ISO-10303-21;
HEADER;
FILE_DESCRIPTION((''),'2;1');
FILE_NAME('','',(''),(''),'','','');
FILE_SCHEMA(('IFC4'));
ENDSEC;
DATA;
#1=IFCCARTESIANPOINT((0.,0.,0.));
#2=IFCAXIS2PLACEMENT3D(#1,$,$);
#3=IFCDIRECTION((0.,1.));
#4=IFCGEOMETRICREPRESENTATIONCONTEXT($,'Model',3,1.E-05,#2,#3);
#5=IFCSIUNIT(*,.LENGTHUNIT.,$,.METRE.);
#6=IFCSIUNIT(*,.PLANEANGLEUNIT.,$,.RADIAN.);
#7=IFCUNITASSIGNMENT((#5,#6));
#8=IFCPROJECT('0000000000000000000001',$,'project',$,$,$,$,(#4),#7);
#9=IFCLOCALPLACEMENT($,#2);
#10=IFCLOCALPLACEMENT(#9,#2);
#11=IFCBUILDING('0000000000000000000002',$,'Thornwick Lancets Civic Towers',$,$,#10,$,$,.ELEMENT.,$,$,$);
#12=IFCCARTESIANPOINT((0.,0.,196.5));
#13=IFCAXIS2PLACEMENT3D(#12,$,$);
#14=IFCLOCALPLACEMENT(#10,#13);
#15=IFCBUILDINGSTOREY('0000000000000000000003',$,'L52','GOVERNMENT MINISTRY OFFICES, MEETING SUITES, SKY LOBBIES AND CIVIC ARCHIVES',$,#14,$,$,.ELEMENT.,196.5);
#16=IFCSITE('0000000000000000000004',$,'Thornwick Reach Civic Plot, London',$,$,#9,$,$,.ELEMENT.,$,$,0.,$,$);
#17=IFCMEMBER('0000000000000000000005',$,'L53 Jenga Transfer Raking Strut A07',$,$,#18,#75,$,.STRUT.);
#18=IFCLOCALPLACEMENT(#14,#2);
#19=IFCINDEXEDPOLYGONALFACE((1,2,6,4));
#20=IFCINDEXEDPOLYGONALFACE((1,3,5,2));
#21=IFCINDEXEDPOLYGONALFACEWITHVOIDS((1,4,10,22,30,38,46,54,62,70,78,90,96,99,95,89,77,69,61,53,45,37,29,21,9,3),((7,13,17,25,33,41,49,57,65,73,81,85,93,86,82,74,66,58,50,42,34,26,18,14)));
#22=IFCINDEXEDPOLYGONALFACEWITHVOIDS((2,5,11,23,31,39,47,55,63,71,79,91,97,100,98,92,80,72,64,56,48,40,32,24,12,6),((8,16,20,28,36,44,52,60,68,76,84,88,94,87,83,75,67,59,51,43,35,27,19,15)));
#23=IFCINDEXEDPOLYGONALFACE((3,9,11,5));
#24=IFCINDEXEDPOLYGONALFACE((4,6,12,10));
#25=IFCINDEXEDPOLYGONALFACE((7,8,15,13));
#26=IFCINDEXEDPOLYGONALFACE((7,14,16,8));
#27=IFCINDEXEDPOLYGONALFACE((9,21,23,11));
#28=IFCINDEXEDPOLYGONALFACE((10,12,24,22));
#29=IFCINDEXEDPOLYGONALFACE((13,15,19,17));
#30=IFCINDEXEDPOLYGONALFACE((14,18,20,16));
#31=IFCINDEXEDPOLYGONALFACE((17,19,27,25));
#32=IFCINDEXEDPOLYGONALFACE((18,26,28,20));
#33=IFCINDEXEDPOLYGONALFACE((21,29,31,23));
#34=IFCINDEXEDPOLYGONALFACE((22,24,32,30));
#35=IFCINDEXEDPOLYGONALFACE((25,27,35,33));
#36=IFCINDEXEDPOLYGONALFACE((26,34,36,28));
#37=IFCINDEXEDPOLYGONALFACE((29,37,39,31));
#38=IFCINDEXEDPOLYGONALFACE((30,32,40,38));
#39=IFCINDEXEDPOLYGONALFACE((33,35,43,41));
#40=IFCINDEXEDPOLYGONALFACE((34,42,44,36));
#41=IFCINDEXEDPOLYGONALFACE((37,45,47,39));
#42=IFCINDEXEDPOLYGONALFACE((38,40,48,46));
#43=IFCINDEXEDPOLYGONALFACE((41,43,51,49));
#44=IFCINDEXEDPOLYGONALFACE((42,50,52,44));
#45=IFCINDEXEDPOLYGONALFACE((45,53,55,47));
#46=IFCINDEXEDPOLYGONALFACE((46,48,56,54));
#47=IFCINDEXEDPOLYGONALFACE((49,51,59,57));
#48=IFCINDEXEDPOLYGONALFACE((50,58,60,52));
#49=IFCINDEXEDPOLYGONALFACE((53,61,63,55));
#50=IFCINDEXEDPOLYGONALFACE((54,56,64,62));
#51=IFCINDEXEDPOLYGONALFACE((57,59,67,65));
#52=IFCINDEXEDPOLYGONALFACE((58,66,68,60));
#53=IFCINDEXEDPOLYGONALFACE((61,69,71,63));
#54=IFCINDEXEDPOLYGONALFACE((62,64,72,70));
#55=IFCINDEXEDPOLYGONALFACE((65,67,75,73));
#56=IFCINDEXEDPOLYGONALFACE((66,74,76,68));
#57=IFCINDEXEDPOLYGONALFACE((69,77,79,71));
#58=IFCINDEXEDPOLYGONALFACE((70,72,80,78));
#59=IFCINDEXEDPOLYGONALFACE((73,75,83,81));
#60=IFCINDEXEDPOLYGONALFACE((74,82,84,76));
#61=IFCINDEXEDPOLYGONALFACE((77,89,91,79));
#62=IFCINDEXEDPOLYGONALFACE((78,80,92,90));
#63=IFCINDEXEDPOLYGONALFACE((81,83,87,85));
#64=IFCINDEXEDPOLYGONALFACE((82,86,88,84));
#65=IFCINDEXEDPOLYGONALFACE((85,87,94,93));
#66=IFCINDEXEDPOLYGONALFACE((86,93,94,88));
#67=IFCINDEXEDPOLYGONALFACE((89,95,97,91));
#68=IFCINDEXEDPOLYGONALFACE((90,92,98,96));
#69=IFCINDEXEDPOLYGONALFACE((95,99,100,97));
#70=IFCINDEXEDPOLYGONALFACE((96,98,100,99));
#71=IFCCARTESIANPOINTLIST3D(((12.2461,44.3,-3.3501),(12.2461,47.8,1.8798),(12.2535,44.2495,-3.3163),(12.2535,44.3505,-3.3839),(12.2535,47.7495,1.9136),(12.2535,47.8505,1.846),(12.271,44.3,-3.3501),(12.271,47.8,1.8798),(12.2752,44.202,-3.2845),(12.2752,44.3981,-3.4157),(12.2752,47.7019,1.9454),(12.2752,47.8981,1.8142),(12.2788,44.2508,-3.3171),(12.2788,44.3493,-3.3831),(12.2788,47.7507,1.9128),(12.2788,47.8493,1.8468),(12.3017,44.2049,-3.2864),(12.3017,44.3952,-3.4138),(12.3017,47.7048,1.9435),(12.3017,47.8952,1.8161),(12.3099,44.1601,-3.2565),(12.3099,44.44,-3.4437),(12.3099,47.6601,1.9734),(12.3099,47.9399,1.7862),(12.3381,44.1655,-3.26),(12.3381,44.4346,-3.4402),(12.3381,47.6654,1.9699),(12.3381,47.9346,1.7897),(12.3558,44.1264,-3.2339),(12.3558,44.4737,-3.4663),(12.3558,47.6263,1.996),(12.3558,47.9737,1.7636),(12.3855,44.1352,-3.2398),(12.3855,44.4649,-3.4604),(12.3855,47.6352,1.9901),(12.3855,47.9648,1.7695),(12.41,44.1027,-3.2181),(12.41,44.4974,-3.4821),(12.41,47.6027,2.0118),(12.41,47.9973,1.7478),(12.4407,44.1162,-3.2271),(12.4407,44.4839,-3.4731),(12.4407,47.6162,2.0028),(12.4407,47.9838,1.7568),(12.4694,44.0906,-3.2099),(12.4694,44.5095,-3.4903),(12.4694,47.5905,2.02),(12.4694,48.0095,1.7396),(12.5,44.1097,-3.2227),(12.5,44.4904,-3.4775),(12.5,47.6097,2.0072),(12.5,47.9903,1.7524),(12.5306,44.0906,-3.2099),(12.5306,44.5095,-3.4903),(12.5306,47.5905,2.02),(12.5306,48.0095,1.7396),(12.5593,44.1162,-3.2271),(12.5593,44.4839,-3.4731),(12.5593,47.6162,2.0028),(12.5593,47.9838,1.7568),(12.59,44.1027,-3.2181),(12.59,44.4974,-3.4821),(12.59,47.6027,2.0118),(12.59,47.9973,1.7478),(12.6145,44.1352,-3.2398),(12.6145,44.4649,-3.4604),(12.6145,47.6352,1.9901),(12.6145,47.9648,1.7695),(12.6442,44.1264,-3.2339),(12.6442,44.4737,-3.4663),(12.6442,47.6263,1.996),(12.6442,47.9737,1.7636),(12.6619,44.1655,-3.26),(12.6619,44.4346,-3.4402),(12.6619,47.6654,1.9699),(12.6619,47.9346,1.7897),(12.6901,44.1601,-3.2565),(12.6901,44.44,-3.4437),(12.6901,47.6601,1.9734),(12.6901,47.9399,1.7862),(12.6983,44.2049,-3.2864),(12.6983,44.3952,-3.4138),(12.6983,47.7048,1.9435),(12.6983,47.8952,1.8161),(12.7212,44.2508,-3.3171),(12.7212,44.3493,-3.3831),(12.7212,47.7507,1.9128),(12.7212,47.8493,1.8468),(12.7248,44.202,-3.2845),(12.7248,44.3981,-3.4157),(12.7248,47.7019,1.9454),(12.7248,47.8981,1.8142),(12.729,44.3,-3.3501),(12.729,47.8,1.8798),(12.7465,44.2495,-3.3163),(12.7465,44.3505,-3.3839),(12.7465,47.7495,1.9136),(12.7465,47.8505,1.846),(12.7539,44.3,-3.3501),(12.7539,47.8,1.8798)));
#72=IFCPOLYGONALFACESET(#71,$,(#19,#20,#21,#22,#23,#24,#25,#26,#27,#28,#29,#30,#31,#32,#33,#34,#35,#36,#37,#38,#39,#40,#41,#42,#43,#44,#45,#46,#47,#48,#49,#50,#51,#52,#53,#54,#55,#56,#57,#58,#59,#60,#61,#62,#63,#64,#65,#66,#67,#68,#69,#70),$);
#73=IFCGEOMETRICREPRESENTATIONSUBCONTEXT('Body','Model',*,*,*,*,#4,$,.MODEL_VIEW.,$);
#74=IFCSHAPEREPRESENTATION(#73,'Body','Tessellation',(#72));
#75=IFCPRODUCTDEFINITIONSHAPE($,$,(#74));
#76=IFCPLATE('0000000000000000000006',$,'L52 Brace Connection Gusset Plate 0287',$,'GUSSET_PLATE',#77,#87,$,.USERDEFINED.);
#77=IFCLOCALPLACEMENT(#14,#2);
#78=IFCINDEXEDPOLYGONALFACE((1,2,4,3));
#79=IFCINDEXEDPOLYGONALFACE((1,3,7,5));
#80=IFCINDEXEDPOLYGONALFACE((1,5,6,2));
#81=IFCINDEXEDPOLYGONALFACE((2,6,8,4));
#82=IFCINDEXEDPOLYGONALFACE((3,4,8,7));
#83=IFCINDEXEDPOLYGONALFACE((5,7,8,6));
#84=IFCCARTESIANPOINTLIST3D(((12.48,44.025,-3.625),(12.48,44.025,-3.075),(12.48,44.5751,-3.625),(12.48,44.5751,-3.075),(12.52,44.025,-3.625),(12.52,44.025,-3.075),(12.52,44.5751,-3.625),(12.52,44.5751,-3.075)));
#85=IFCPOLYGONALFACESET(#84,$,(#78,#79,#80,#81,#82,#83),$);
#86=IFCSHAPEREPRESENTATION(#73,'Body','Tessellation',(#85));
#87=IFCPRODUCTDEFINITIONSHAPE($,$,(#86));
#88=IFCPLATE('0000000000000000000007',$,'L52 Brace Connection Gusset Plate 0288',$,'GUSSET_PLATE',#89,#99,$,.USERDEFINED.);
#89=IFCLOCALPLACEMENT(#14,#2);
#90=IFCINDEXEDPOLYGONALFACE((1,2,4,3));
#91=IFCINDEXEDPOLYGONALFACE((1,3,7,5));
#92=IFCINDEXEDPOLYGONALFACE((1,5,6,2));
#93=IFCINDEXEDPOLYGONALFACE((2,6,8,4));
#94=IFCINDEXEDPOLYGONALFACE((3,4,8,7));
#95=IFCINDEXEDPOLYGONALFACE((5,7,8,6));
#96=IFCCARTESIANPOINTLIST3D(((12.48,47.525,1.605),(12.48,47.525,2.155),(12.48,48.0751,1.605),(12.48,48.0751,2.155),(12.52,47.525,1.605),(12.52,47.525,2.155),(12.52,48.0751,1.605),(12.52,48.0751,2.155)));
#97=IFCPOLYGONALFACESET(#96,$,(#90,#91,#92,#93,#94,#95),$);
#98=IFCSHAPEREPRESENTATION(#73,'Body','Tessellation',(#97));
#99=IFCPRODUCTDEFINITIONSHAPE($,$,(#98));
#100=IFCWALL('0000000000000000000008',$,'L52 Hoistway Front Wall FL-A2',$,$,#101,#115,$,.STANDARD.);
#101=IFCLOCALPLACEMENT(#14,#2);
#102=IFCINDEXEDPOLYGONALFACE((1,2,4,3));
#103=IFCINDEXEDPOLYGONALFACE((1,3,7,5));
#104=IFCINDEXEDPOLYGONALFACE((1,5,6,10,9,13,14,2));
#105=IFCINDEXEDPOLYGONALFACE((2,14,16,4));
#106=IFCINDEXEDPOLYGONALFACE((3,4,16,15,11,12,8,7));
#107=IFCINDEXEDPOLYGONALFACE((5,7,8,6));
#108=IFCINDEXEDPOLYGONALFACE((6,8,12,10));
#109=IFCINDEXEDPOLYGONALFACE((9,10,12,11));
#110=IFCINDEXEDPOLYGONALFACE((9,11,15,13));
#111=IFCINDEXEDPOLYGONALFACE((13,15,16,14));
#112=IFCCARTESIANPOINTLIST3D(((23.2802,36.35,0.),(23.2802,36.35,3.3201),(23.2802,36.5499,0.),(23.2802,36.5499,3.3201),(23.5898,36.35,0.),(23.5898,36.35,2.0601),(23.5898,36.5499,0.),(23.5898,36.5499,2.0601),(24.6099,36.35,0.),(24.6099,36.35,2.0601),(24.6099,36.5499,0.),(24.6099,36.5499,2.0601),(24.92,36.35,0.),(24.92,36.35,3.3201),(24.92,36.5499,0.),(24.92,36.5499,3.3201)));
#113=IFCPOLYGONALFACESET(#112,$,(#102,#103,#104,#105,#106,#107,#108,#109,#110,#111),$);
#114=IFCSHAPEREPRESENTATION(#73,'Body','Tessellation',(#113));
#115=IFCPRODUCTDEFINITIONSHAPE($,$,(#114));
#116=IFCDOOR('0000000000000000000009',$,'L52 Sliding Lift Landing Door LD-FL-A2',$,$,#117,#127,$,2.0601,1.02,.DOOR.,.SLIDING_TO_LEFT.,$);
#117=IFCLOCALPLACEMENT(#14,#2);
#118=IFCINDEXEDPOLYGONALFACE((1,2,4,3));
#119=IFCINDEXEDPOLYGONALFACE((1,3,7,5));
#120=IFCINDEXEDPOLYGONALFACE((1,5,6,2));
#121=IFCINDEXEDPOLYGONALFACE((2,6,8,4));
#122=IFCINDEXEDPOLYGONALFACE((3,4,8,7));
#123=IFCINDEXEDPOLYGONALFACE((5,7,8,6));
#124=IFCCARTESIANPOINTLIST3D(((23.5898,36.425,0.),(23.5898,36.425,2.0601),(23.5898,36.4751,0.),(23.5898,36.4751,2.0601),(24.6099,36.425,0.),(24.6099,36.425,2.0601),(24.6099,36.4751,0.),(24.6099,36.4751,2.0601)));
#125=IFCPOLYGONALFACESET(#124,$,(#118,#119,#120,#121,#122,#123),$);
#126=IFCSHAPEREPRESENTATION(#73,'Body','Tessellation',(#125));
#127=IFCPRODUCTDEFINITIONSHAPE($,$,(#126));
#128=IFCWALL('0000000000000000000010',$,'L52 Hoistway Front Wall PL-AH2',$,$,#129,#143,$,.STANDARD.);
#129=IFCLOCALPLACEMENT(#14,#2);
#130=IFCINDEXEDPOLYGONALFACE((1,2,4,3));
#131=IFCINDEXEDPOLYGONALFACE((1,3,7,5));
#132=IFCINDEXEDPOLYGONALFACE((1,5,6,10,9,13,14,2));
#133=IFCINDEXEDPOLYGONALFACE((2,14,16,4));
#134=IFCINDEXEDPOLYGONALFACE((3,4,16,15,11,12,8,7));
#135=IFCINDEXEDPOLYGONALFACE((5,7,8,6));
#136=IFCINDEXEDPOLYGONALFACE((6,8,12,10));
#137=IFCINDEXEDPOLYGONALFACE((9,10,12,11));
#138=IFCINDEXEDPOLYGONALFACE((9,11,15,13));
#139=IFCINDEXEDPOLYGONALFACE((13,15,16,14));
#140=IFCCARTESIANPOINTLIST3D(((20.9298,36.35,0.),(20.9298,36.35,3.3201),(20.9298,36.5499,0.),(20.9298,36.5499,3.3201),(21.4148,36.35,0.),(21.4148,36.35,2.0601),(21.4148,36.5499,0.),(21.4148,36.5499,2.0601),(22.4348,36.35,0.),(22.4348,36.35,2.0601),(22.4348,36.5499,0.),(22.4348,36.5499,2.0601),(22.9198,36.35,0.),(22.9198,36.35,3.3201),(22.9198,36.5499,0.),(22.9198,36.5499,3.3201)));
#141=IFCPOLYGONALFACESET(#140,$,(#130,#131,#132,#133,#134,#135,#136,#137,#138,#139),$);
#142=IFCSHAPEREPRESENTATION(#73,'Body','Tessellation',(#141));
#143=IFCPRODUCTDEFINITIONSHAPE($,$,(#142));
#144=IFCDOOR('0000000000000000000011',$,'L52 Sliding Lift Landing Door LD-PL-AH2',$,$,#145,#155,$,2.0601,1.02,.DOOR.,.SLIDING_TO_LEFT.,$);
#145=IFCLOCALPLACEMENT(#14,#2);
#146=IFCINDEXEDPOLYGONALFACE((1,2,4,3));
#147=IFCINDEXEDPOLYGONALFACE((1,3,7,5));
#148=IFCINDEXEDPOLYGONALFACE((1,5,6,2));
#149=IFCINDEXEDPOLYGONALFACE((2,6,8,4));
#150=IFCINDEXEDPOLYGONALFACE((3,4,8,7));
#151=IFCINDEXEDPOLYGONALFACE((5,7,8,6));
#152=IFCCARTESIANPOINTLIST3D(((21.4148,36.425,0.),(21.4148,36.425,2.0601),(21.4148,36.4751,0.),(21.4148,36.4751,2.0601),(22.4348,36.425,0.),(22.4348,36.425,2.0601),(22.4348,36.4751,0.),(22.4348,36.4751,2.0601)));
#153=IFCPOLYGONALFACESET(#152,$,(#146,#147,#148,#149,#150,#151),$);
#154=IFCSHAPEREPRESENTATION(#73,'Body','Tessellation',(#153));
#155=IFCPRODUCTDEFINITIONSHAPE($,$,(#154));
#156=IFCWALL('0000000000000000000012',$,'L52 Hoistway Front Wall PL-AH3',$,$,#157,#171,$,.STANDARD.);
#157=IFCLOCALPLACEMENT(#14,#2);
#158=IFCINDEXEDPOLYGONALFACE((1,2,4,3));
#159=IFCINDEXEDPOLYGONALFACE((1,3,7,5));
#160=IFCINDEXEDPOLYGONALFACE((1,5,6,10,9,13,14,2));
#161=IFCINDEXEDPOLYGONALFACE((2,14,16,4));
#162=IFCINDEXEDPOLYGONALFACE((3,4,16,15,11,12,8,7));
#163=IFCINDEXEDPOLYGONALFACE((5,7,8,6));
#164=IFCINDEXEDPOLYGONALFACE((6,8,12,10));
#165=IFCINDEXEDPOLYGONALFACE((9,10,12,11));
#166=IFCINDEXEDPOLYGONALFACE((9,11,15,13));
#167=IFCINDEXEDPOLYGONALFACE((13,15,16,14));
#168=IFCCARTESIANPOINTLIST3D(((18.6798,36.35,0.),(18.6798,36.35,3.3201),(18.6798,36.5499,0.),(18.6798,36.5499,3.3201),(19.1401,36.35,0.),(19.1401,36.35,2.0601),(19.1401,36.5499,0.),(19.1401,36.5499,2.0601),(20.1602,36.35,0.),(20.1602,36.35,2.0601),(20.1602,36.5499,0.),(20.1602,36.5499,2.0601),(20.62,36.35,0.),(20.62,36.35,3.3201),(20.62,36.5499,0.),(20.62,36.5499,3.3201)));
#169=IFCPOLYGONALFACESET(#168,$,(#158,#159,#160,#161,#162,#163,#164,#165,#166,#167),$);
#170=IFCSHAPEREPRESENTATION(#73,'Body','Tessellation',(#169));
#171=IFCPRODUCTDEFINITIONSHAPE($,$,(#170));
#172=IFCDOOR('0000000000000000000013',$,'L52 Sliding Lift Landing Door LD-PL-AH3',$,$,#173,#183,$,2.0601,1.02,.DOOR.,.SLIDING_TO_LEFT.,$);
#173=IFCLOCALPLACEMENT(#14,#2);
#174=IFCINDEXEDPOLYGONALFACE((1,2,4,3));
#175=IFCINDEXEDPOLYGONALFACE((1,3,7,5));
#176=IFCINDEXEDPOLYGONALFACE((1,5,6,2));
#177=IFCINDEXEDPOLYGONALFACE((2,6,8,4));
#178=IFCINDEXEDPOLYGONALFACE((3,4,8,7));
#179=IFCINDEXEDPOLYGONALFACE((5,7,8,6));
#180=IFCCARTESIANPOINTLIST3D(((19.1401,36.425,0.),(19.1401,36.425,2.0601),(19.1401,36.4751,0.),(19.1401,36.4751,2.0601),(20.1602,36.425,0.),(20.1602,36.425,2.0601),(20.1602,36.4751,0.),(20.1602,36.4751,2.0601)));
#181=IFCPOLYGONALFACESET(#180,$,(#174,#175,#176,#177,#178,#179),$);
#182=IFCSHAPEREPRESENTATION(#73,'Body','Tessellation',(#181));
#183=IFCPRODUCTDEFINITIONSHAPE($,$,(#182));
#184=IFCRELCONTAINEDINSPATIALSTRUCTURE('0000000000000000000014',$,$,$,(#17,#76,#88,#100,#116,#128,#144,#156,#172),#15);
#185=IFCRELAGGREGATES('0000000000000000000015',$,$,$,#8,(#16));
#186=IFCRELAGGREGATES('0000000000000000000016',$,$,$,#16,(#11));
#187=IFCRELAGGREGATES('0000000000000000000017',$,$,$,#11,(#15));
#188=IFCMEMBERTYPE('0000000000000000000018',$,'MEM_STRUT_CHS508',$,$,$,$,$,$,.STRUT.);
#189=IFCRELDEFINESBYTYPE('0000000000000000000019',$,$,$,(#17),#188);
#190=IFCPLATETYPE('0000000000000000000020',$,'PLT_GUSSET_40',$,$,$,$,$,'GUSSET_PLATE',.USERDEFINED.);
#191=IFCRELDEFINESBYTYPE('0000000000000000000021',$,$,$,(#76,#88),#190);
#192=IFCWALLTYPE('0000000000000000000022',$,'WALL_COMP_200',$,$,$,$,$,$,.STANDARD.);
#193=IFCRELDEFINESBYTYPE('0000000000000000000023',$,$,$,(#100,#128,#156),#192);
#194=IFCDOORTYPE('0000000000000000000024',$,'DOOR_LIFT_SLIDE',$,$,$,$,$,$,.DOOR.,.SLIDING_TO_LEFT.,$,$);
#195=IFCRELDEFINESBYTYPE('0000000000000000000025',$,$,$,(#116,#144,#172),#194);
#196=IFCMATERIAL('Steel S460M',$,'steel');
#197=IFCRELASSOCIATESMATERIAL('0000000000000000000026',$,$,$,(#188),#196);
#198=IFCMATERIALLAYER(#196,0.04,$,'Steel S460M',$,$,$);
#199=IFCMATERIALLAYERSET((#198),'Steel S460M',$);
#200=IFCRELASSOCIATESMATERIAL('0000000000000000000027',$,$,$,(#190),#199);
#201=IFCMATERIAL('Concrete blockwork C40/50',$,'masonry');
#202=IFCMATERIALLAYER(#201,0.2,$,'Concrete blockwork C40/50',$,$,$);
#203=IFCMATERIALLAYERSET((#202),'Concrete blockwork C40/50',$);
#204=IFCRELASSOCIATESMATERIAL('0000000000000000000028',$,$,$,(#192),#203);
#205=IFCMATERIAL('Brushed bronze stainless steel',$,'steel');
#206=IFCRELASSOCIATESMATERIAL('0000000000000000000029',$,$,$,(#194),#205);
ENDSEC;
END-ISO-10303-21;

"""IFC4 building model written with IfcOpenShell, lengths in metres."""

from ifc_helpers import new_model, si_unit, direction, frame, frame_2d, origin, origin_2d, place, context, subcontext, project, spatial, rectangle, hollow_circle, extrude, material, layer, layer_set, material_profile, profile_set, type_object, element, fill, save


model = new_model("IFC4")

# Units and contexts
model_context = context("Model", 3, precision=1e-05, world=origin(), true_north=direction((0.0, 1.0)))
body_context = subcontext(model_context, "Body", "Model", "MODEL_VIEW")
ifc_project = project(units=[si_unit("LENGTHUNIT", "METRE"), si_unit("PLANEANGLEUNIT", "RADIAN")], contexts=[model_context])

# Site, building, storey
site_placement = place(None, origin())
site = spatial("IfcSite", under=ifc_project, at=site_placement, Name="Thornwick Reach Civic Plot, London", CompositionType="ELEMENT", RefElevation=0.0)
building_placement = place(site_placement, origin())
building = spatial("IfcBuilding", under=site, at=building_placement, Name="Thornwick Lancets Civic Towers", CompositionType="ELEMENT")
storey_placement = place(building_placement, frame((0.0, 0.0, 196.5)))
storey = spatial("IfcBuildingStorey", under=building, at=storey_placement, Name="L52", Description="GOVERNMENT MINISTRY OFFICES, MEETING SUITES, SKY LOBBIES AND CIVIC ARCHIVES", CompositionType="ELEMENT", Elevation=196.5)

# Shared definitions
ifc_material_1 = material(Name="Steel S460M", Category="steel")

# Member
ifc_material_profile_1 = material_profile(ifc_material_1, hollow_circle(Radius=0.2539, WallThickness=0.0249, at=origin_2d()), Name="CHS 508x25")
ifc_profile_set_1 = profile_set([ifc_material_profile_1], Name="Steel S460M")
member_type = type_object("IfcMemberType", Name="MEM_STRUT_CHS508", PredefinedType="STRUT", material=ifc_profile_set_1)
member_placement = place(storey_placement, frame((12.5, 44.3, -3.3501), z_axis=(0.0, 0.556168, 0.83107), x_axis=(-1.0, 0.0, 0.0)))
element("IfcMember", 1, at=member_placement, inside=storey, type_object=member_type, Name="L53 Jenga Transfer Raking Strut A07", PredefinedType="STRUT", context=body_context, shape_type="SweptSolid", body=[
    extrude(hollow_circle(Radius=0.2539, WallThickness=0.0249, at=origin_2d()), origin(), (0.0, 0.0, 1.0), 6.293),
])

# Plates
ifc_layer_1 = layer(ifc_material_1, 0.04, Name="Steel S460M")
ifc_layer_set_1 = layer_set([ifc_layer_1], Name="Steel S460M")
plate_type = type_object("IfcPlateType", Name="PLT_GUSSET_40", ElementType="GUSSET_PLATE", PredefinedType="USERDEFINED", material=ifc_layer_set_1)
for number, where, z_axis, x_axis, name in (
    (2, (12.5, 44.3, -3.625), (0.0, 0.0, 1.0), (0.0, 1.0, 0.0), "L52 Brace Connection Gusset Plate 0287"),
    (3, (12.5, 47.8, 1.605), (0.0, 0.0, 1.0), (0.0, 1.0, 0.0), "L52 Brace Connection Gusset Plate 0288"),
):
    element("IfcPlate", number, at=place(storey_placement, frame(where, z_axis=z_axis, x_axis=x_axis)), inside=storey, type_object=plate_type, Name=name, ObjectType="GUSSET_PLATE", PredefinedType="USERDEFINED", context=body_context, shape_type="SweptSolid", body=[
        extrude(rectangle(XDim=0.55, YDim=0.04, at=origin_2d()), origin(), (0.0, 0.0, 1.0), 0.55),
    ])

# Walls, openings, doors
ifc_material_2 = material(Name="Concrete blockwork C40/50", Category="masonry")
ifc_layer_2 = layer(ifc_material_2, 0.2, Name="Concrete blockwork C40/50")
ifc_layer_set_2 = layer_set([ifc_layer_2], Name="Concrete blockwork C40/50")
wall_type_1 = type_object("IfcWallType", Name="WALL_COMP_200", PredefinedType="STANDARD", material=ifc_layer_set_2)
wall_1_placement = place(storey_placement, frame((24.9199, 36.45, 0.0), z_axis=(0.0, 0.0, 1.0), x_axis=(-1.0, 0.0, 0.0)))
wall_1 = element("IfcWall", 4, at=wall_1_placement, inside=storey, type_object=wall_type_1, Name="L52 Hoistway Front Wall FL-A2", PredefinedType="STANDARD", context=body_context, shape_type="SweptSolid", body=[
    extrude(rectangle(XDim=1.6399, YDim=0.2, at=frame_2d((0.8198, 0.0))), origin(), (0.0, 0.0, 1.0), 3.3201),
])
opening_1_placement = place(wall_1_placement, frame((0.3101, 0.0, 0.0)))
opening_1 = element("IfcOpeningElement", 5, at=opening_1_placement, cuts=wall_1, PredefinedType="OPENING", context=body_context, shape_type="SweptSolid", body=[
    extrude(rectangle(XDim=1.02, YDim=2.0601, at=frame_2d((0.51, 1.03))), frame((0.0, 0.1099, 0.0), z_axis=(0.0, -1.0, 0.0), x_axis=(1.0, 0.0, 0.0)), (0.0, 0.0, 1.0), 0.22),
])
ifc_material_3 = material(Name="Brushed bronze stainless steel", Category="steel")
door_type = type_object("IfcDoorType", Name="DOOR_LIFT_SLIDE", OperationType="SLIDING_TO_LEFT", PredefinedType="DOOR", material=ifc_material_3)
door_1_placement = place(opening_1_placement, origin())
door_1 = element("IfcDoor", 6, at=door_1_placement, inside=storey, type_object=door_type, Name="L52 Sliding Lift Landing Door LD-FL-A2", OperationType="SLIDING_TO_LEFT", OverallHeight=2.0601, OverallWidth=1.02, PredefinedType="DOOR", context=body_context, shape_type="SweptSolid", body=[
    extrude(rectangle(XDim=1.02, YDim=2.0601, at=frame_2d((0.51, 1.03))), frame((0.0, 0.0249, 0.0), z_axis=(0.0, -1.0, 0.0), x_axis=(1.0, 0.0, 0.0)), (0.0, 0.0, 1.0), 0.05),
])
fill(opening_1, door_1)
wall_2_placement = place(storey_placement, frame((22.9199, 36.45, 0.0), z_axis=(0.0, 0.0, 1.0), x_axis=(-1.0, 0.0, 0.0)))
wall_2 = element("IfcWall", 7, at=wall_2_placement, inside=storey, type_object=wall_type_1, Name="L52 Hoistway Front Wall PL-AH2", PredefinedType="STANDARD", context=body_context, shape_type="SweptSolid", body=[
    extrude(rectangle(XDim=1.99, YDim=0.2, at=frame_2d((0.9951, 0.0))), origin(), (0.0, 0.0, 1.0), 3.3201),
])
opening_2_placement = place(wall_2_placement, frame((0.4851, 0.0, 0.0)))
opening_2 = element("IfcOpeningElement", 8, at=opening_2_placement, cuts=wall_2, PredefinedType="OPENING", context=body_context, shape_type="SweptSolid", body=[
    extrude(rectangle(XDim=1.02, YDim=2.0601, at=frame_2d((0.51, 1.03))), frame((0.0, 0.1099, 0.0), z_axis=(0.0, -1.0, 0.0), x_axis=(1.0, 0.0, 0.0)), (0.0, 0.0, 1.0), 0.22),
])
door_2_placement = place(opening_2_placement, origin())
door_2 = element("IfcDoor", 9, at=door_2_placement, inside=storey, type_object=door_type, Name="L52 Sliding Lift Landing Door LD-PL-AH2", OperationType="SLIDING_TO_LEFT", OverallHeight=2.0601, OverallWidth=1.02, PredefinedType="DOOR", context=body_context, shape_type="SweptSolid", body=[
    extrude(rectangle(XDim=1.02, YDim=2.0601, at=frame_2d((0.51, 1.03))), frame((0.0, 0.0249, 0.0), z_axis=(0.0, -1.0, 0.0), x_axis=(1.0, 0.0, 0.0)), (0.0, 0.0, 1.0), 0.05),
])
fill(opening_2, door_2)
wall_3_placement = place(storey_placement, frame((20.6201, 36.45, 0.0), z_axis=(0.0, 0.0, 1.0), x_axis=(-1.0, 0.0, 0.0)))
wall_3 = element("IfcWall", 10, at=wall_3_placement, inside=storey, type_object=wall_type_1, Name="L52 Hoistway Front Wall PL-AH3", PredefinedType="STANDARD", context=body_context, shape_type="SweptSolid", body=[
    extrude(rectangle(XDim=1.9402, YDim=0.2, at=frame_2d((0.9702, 0.0))), origin(), (0.0, 0.0, 1.0), 3.3201),
])
opening_3_placement = place(wall_3_placement, frame((0.46, 0.0, 0.0)))
opening_3 = element("IfcOpeningElement", 11, at=opening_3_placement, cuts=wall_3, PredefinedType="OPENING", context=body_context, shape_type="SweptSolid", body=[
    extrude(rectangle(XDim=1.02, YDim=2.0601, at=frame_2d((0.51, 1.03))), frame((0.0, 0.1099, 0.0), z_axis=(0.0, -1.0, 0.0), x_axis=(1.0, 0.0, 0.0)), (0.0, 0.0, 1.0), 0.22),
])
door_3_placement = place(opening_3_placement, origin())
door_3 = element("IfcDoor", 12, at=door_3_placement, inside=storey, type_object=door_type, Name="L52 Sliding Lift Landing Door LD-PL-AH3", OperationType="SLIDING_TO_LEFT", OverallHeight=2.0601, OverallWidth=1.02, PredefinedType="DOOR", context=body_context, shape_type="SweptSolid", body=[
    extrude(rectangle(XDim=1.02, YDim=2.0601, at=frame_2d((0.51, 1.03))), frame((0.0, 0.0249, 0.0), z_axis=(0.0, -1.0, 0.0), x_axis=(1.0, 0.0, 0.0)), (0.0, 0.0, 1.0), 0.05),
])
fill(opening_3, door_3)

save(model, "model.ifc")
